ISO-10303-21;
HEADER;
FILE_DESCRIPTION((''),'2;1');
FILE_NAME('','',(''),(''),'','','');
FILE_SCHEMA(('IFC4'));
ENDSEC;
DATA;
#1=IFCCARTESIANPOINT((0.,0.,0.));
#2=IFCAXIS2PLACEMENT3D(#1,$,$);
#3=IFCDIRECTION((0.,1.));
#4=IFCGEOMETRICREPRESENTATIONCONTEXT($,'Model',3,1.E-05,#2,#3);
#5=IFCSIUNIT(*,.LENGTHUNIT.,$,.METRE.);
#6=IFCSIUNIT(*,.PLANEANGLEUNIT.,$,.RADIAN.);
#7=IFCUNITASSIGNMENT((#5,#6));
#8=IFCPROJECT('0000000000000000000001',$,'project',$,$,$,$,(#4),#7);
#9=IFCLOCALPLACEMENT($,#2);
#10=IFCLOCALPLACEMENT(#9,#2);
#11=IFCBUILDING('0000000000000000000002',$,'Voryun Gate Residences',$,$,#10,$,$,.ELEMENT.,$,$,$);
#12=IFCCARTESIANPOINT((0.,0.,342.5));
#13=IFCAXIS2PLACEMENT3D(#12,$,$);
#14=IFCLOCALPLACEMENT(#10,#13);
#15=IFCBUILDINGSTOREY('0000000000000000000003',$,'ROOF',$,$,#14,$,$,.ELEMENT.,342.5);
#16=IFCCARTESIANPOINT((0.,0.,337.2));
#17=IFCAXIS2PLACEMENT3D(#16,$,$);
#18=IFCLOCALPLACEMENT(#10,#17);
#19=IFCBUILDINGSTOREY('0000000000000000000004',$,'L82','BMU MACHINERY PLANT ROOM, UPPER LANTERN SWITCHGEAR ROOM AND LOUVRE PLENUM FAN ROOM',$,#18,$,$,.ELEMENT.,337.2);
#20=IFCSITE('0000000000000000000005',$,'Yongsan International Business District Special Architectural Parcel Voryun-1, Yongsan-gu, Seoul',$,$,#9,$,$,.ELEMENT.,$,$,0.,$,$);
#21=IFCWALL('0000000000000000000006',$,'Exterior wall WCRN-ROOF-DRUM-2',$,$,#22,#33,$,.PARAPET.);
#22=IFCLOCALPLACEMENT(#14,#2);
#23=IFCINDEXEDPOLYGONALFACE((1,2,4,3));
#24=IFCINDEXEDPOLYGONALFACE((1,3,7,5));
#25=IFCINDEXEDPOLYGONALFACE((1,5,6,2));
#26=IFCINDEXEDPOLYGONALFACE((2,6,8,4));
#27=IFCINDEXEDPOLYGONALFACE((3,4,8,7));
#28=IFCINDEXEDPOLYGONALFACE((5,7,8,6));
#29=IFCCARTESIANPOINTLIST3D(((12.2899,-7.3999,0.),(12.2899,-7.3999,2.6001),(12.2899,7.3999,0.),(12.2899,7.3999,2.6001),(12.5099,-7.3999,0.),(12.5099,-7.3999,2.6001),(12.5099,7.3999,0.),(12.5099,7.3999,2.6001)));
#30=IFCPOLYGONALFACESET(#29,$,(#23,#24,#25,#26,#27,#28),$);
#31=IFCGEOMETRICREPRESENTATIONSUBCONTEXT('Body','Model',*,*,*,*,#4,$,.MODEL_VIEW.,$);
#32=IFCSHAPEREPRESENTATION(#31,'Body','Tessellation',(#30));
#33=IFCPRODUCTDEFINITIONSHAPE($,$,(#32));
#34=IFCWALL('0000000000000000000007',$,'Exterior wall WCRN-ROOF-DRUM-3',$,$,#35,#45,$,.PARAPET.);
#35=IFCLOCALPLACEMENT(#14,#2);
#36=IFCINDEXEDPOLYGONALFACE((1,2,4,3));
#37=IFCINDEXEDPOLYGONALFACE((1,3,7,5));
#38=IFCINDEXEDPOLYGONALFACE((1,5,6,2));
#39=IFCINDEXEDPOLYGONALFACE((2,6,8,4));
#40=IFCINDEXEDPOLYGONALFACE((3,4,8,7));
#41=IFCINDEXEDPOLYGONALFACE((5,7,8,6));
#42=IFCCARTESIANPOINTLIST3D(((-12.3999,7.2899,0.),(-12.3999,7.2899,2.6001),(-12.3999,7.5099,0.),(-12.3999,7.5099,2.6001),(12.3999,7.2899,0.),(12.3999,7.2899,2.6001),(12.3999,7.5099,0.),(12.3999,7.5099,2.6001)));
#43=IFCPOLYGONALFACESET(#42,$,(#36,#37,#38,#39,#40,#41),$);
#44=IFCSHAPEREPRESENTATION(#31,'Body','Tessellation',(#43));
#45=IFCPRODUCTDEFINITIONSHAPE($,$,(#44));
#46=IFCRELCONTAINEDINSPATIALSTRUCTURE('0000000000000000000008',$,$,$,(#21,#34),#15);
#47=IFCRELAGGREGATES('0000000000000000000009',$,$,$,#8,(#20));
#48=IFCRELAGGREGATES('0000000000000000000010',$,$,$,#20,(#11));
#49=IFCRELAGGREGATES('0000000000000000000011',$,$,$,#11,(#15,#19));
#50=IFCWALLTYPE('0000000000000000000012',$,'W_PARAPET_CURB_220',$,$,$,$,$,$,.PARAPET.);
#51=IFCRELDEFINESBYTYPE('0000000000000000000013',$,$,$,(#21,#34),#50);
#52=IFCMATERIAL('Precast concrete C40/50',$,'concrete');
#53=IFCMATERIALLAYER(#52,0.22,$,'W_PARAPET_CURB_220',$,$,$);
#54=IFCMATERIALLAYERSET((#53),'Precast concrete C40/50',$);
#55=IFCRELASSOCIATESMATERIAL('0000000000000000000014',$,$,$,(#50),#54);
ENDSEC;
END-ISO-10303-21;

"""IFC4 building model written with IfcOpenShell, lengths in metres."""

from ifc_helpers import new_model, si_unit, direction, frame, frame_2d, origin, place, context, subcontext, project, spatial, rectangle, extrude, material, layer, layer_set, type_object, element, save


model = new_model("IFC4")

# Units and contexts
model_context = context("Model", 3, precision=1e-05, world=origin(), true_north=direction((0.0, 1.0)))
body_context = subcontext(model_context, "Body", "Model", "MODEL_VIEW")
ifc_project = project(units=[si_unit("LENGTHUNIT", "METRE"), si_unit("PLANEANGLEUNIT", "RADIAN")], contexts=[model_context])

# Site, building, storey
site_placement = place(None, origin())
site = spatial("IfcSite", under=ifc_project, at=site_placement, Name="Yongsan International Business District Special Architectural Parcel Voryun-1, Yongsan-gu, Seoul", CompositionType="ELEMENT", RefElevation=0.0)
building_placement = place(site_placement, origin())
building = spatial("IfcBuilding", under=site, at=building_placement, Name="Voryun Gate Residences", CompositionType="ELEMENT")
storey_1_placement = place(building_placement, frame((0.0, 0.0, 342.5)))
storey_1 = spatial("IfcBuildingStorey", under=building, at=storey_1_placement, Name="ROOF", CompositionType="ELEMENT", Elevation=342.5)

# Shared definitions
storey_2_placement = place(building_placement, frame((0.0, 0.0, 337.2)))
storey_2 = spatial("IfcBuildingStorey", under=building, at=storey_2_placement, Name="L82", Description="BMU MACHINERY PLANT ROOM, UPPER LANTERN SWITCHGEAR ROOM AND LOUVRE PLENUM FAN ROOM", CompositionType="ELEMENT", Elevation=337.2)

# Walls
ifc_material_1 = material(Name="Precast concrete C40/50", Category="concrete")
ifc_layer_1 = layer(ifc_material_1, 0.22, Name="W_PARAPET_CURB_220")
ifc_layer_set_1 = layer_set([ifc_layer_1], Name="Precast concrete C40/50")
wall_type = type_object("IfcWallType", Name="W_PARAPET_CURB_220", PredefinedType="PARAPET", material=ifc_layer_set_1)
wall_1_placement = place(storey_1_placement, frame((12.3999, -7.3999, 0.0), z_axis=(0.0, 0.0, 1.0), x_axis=(0.0, 1.0, 0.0)))
element("IfcWall", 1, at=wall_1_placement, inside=storey_1, type_object=wall_type, Name="Exterior wall WCRN-ROOF-DRUM-2", PredefinedType="PARAPET", context=body_context, shape_type="SweptSolid", body=[
    extrude(rectangle(XDim=14.7998, YDim=0.22, at=frame_2d((7.3999, 0.0))), origin(), (0.0, 0.0, 1.0), 2.6001),
])
wall_2_placement = place(storey_1_placement, frame((12.3999, 7.3999, 0.0), z_axis=(0.0, 0.0, 1.0), x_axis=(-1.0, 0.0, 0.0)))
element("IfcWall", 2, at=wall_2_placement, inside=storey_1, type_object=wall_type, Name="Exterior wall WCRN-ROOF-DRUM-3", PredefinedType="PARAPET", context=body_context, shape_type="SweptSolid", body=[
    extrude(rectangle(XDim=24.7998, YDim=0.22, at=frame_2d((12.3999, 0.0))), origin(), (0.0, 0.0, 1.0), 2.6001),
])

save(model, "model.ifc")
